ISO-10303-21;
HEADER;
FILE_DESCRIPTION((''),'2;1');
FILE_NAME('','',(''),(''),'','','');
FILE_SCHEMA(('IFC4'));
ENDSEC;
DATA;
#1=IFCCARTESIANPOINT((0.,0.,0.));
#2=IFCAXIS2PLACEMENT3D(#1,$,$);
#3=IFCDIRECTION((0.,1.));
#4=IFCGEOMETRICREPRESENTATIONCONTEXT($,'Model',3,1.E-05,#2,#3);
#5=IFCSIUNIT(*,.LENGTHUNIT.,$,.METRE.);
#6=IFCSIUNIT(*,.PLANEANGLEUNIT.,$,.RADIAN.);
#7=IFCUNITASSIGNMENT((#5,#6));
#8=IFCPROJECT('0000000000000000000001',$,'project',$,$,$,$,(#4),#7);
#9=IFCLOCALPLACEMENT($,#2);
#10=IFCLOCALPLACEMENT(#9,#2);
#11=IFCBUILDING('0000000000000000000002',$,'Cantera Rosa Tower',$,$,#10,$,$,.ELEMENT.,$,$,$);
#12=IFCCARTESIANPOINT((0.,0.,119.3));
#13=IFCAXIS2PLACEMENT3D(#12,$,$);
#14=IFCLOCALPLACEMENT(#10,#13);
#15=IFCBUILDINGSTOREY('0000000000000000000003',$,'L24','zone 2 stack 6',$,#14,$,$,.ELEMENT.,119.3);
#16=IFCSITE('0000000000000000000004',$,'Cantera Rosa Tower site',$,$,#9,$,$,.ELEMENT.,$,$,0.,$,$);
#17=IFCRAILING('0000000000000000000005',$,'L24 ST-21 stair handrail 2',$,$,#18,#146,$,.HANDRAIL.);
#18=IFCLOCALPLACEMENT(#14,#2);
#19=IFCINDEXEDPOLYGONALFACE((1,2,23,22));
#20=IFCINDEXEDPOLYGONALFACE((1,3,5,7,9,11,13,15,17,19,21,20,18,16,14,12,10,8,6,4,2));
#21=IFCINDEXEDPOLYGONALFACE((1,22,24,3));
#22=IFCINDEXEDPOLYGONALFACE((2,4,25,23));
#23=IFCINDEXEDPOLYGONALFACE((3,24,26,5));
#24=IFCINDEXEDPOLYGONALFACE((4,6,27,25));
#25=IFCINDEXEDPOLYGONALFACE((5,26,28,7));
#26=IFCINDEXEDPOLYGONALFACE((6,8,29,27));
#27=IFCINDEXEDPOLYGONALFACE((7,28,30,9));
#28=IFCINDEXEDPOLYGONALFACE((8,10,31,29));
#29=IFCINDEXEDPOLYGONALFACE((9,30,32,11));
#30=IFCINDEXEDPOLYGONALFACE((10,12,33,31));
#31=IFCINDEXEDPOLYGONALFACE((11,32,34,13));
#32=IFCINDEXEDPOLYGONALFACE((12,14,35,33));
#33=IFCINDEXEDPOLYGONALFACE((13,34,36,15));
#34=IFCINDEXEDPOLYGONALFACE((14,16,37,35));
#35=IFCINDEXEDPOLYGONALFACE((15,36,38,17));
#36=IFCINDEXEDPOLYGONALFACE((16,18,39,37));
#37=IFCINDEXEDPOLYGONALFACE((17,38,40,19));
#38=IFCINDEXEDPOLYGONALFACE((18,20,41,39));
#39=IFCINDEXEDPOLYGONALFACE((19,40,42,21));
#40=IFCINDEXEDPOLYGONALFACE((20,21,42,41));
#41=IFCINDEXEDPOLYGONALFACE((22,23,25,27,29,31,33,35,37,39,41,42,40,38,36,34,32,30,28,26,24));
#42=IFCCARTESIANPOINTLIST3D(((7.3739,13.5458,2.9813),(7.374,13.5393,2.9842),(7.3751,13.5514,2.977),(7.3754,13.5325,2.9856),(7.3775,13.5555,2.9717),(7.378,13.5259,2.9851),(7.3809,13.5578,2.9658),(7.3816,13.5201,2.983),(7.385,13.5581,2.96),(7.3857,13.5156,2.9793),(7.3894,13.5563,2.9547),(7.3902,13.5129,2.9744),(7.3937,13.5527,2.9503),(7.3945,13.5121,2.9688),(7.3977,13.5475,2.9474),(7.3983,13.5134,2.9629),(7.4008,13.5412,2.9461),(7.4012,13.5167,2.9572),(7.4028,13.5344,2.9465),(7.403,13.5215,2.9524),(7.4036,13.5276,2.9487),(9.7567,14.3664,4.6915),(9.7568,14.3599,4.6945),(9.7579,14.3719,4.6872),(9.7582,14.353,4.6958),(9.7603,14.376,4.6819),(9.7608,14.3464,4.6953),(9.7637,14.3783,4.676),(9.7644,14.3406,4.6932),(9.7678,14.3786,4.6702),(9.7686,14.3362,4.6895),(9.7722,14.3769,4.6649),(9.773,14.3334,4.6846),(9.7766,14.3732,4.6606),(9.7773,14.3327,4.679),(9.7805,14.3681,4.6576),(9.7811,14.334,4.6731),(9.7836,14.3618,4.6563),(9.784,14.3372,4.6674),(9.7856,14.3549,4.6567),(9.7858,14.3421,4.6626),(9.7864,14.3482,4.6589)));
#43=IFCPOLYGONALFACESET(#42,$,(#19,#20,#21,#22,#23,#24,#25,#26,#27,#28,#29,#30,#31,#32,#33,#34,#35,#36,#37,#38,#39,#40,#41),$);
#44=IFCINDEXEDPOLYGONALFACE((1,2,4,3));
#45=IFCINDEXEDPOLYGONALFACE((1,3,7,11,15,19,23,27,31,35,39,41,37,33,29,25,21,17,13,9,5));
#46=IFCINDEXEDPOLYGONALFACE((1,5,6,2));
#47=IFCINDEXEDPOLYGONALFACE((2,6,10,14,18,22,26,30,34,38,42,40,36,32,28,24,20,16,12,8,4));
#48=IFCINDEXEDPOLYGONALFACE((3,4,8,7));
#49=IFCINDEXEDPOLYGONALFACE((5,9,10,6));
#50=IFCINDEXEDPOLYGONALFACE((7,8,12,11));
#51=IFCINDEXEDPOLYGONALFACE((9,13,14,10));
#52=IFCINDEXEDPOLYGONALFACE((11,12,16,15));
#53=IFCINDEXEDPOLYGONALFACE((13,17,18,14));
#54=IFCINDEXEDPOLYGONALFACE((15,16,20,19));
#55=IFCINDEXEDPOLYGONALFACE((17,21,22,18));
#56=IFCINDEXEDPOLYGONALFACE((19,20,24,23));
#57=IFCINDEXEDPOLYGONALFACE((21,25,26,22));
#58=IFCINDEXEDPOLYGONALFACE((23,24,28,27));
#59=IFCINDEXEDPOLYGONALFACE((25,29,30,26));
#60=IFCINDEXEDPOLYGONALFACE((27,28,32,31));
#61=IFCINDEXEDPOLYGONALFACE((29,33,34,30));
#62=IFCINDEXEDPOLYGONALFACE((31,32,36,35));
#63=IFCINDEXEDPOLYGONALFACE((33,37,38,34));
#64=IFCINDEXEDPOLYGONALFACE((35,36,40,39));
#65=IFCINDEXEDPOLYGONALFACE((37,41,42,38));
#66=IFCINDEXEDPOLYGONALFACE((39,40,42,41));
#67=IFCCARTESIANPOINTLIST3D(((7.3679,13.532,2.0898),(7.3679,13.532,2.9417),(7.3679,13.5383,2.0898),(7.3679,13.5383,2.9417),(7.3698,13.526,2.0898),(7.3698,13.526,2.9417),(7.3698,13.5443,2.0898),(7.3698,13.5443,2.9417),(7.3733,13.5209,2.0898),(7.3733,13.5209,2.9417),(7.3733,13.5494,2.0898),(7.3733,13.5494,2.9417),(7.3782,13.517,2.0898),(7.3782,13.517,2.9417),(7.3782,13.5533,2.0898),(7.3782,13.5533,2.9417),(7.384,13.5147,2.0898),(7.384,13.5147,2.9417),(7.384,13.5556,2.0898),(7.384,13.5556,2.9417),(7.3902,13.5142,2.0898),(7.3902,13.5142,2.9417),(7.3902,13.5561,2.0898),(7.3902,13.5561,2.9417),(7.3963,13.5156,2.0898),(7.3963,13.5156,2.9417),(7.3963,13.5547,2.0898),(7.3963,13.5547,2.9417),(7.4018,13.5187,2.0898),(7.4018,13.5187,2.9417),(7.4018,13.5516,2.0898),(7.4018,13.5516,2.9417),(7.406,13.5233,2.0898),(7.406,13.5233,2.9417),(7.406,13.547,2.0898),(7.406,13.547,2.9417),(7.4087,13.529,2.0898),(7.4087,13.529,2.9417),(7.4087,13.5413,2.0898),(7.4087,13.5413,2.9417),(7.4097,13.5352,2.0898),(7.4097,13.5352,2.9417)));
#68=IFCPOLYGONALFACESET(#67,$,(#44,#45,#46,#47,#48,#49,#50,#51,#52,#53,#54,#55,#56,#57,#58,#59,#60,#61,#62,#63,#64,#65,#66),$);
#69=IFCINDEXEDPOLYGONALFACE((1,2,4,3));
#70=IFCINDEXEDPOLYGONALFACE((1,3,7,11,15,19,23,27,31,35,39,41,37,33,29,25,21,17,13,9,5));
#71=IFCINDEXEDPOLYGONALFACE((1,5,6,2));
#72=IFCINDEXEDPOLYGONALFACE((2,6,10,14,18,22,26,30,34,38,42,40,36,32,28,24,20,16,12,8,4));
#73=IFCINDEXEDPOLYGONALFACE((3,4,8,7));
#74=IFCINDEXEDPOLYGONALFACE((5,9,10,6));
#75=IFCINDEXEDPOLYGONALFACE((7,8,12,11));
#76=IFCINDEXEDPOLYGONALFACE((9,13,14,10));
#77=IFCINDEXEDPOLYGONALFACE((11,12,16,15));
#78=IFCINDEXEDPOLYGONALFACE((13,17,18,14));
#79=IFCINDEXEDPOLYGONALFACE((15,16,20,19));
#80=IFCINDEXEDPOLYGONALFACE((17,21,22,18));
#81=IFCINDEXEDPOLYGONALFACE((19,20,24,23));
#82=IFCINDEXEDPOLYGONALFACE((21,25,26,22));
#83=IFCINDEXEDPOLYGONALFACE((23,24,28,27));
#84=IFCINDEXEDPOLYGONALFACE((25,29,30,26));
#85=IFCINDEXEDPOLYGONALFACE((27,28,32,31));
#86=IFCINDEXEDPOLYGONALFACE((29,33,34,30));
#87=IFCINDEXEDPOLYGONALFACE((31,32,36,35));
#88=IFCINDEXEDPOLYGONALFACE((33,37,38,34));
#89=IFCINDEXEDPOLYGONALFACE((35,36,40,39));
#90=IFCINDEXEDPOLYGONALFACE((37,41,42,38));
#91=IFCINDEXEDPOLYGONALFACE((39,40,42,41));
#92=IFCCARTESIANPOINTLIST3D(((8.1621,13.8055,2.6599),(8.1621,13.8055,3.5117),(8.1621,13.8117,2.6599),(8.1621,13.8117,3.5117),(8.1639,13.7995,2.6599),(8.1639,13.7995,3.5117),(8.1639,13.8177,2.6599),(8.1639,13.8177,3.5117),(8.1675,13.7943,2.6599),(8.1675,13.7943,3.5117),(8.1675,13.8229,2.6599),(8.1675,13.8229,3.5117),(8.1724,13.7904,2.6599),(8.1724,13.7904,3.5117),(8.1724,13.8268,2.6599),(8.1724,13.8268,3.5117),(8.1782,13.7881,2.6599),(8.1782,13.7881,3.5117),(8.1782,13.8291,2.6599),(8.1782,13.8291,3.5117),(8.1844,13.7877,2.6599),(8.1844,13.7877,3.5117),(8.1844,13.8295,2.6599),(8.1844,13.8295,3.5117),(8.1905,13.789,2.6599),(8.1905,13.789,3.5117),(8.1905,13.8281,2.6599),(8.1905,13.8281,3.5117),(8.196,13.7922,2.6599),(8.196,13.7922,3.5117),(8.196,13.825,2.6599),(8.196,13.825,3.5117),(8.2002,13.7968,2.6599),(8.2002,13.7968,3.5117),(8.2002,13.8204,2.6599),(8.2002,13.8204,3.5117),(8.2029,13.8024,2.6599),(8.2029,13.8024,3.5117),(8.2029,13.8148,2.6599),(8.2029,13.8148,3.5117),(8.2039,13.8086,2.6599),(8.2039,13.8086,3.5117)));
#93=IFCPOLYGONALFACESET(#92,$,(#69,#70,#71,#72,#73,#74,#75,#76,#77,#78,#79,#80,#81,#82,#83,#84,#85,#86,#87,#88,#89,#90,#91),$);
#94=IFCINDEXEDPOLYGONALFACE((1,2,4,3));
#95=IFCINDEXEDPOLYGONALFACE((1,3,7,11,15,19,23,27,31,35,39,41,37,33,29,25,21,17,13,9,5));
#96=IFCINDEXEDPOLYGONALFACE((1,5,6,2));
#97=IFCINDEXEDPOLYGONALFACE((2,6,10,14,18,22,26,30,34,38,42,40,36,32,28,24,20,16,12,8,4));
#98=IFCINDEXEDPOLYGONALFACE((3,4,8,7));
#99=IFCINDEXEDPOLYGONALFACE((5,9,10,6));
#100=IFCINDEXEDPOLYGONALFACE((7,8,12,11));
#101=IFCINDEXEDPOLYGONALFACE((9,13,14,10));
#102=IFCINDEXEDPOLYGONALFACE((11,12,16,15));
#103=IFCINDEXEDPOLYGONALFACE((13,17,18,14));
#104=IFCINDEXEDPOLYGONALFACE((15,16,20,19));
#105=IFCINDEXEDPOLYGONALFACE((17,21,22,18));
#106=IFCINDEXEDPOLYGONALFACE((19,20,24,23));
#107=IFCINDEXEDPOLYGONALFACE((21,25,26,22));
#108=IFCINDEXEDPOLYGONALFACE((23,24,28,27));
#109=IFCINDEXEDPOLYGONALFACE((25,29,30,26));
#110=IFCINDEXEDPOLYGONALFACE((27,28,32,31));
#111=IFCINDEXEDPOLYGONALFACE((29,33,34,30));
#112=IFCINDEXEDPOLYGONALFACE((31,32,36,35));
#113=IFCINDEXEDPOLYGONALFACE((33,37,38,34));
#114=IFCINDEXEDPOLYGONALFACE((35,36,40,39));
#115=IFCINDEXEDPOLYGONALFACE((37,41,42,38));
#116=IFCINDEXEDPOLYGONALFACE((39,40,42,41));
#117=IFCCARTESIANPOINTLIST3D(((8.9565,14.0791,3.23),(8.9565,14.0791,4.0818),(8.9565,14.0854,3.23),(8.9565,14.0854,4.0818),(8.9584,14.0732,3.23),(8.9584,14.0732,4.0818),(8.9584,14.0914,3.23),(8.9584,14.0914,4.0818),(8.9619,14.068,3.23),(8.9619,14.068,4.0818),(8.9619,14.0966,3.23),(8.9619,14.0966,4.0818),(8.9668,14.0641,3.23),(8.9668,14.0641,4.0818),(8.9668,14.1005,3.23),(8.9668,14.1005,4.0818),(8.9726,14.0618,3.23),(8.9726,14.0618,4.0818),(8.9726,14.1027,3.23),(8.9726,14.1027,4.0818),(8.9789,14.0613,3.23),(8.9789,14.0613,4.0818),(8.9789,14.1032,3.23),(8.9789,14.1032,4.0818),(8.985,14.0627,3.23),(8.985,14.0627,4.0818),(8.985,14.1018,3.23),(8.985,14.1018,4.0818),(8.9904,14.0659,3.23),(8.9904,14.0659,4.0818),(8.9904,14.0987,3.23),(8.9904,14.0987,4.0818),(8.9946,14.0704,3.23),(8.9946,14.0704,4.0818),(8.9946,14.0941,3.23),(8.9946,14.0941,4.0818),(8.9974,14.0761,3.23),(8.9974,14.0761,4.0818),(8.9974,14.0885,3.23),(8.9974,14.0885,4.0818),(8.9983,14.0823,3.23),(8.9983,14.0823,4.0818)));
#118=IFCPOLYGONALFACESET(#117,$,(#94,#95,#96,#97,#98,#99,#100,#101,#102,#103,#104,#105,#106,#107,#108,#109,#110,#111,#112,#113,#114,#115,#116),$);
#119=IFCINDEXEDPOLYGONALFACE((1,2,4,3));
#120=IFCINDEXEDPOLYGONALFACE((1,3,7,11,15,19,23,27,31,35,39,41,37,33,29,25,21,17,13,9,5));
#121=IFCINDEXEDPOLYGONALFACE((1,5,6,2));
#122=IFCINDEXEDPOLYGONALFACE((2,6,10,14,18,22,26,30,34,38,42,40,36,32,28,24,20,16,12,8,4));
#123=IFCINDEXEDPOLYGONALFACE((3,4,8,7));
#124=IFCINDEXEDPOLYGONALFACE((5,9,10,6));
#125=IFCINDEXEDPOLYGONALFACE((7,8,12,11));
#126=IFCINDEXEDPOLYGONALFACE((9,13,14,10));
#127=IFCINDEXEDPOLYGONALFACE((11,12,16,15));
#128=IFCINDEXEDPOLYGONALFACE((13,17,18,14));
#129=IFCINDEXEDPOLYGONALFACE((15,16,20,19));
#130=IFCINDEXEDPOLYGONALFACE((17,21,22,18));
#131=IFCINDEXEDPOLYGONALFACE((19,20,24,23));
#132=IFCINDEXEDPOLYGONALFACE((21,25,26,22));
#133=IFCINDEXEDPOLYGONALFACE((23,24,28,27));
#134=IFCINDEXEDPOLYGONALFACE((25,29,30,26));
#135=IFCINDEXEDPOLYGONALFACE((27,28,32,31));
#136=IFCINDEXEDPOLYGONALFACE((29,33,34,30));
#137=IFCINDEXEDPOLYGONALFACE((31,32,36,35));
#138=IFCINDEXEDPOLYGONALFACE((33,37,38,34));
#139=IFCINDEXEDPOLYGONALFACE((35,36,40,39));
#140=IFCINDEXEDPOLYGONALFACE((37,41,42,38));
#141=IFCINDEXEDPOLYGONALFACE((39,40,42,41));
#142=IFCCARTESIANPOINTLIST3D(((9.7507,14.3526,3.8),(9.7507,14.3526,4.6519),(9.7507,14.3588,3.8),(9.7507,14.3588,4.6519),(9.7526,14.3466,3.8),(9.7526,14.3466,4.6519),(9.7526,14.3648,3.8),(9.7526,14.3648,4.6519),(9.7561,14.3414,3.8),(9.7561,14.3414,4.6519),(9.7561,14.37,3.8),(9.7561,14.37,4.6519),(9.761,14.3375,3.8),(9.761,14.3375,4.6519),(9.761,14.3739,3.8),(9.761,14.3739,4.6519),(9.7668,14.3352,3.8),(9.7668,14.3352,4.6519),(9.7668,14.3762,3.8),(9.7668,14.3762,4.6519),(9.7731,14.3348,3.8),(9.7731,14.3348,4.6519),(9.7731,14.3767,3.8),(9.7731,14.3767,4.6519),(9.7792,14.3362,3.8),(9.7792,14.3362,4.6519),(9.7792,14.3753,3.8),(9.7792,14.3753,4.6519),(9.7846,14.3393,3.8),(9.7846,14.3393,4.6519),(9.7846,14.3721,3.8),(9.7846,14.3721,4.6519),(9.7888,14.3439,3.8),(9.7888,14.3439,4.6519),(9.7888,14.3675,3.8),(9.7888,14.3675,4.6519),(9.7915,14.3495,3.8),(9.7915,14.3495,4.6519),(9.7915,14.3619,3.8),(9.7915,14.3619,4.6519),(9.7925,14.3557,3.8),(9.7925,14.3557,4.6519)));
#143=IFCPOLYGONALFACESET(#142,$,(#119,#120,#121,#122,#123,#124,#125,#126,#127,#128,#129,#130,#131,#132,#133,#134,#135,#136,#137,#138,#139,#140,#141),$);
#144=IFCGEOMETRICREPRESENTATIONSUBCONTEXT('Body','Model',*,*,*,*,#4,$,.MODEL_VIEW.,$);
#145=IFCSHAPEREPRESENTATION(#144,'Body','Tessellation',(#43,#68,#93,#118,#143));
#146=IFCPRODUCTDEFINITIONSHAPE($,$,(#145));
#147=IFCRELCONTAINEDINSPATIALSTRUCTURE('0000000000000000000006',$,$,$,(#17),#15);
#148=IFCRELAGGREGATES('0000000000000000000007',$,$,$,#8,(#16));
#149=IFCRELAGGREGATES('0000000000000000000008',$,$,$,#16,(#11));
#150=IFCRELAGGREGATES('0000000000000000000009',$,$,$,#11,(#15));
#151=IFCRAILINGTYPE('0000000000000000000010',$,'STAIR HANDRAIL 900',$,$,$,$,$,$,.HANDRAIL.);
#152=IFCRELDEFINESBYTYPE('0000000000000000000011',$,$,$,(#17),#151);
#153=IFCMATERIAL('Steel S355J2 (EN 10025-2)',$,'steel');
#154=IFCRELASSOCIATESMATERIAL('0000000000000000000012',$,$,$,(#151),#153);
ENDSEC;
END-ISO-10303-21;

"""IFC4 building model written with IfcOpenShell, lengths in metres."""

from ifc_helpers import new_model, si_unit, direction, frame, origin, origin_2d, place, context, subcontext, project, spatial, circle, extrude, material, type_object, element, save


model = new_model("IFC4")

# Units and contexts
model_context = context("Model", 3, precision=1e-05, world=origin(), true_north=direction((0.0, 1.0)))
body_context = subcontext(model_context, "Body", "Model", "MODEL_VIEW")
ifc_project = project(units=[si_unit("LENGTHUNIT", "METRE"), si_unit("PLANEANGLEUNIT", "RADIAN")], contexts=[model_context])

# Site, building, storey
site_placement = place(None, origin())
site = spatial("IfcSite", under=ifc_project, at=site_placement, Name="Cantera Rosa Tower site", CompositionType="ELEMENT", RefElevation=0.0)
building_placement = place(site_placement, origin())
building = spatial("IfcBuilding", under=site, at=building_placement, Name="Cantera Rosa Tower", CompositionType="ELEMENT")
storey_placement = place(building_placement, frame((0.0, 0.0, 119.3)))
storey = spatial("IfcBuildingStorey", under=building, at=storey_placement, Name="L24", Description="zone 2 stack 6", CompositionType="ELEMENT", Elevation=119.3)

# Railing
ifc_material_1 = material(Name="Steel S355J2 (EN 10025-2)", Category="steel")
railing_type_1 = type_object("IfcRailingType", Name="STAIR HANDRAIL 900", PredefinedType="HANDRAIL", material=ifc_material_1)
railing_1_placement = place(storey_placement, frame((7.3887, 13.5352, 2.0898)))
element("IfcRailing", 1, at=railing_1_placement, inside=storey, type_object=railing_type_1, Name="L24 ST-21 stair handrail 2", PredefinedType="HANDRAIL", context=body_context, shape_type="SweptSolid", body=[
    extrude(circle(Radius=0.0239, at=origin_2d()), frame((0.0, 0.0, 0.876), z_axis=(0.782369, 0.26942, 0.561526), x_axis=(-0.3256, 0.945508, 0.0)), (0.0, 0.0, 1.0), 3.0457),
    extrude(circle(Radius=0.021, at=origin_2d()), origin(), (0.0, 0.0, 1.0), 0.8518),
    extrude(circle(Radius=0.021, at=origin_2d()), frame((0.7942, 0.2734, 0.5701)), (0.0, 0.0, 1.0), 0.8518),
    extrude(circle(Radius=0.021, at=origin_2d()), frame((1.5886, 0.5471, 1.1401)), (0.0, 0.0, 1.0), 0.8518),
    extrude(circle(Radius=0.021, at=origin_2d()), frame((2.3828, 0.8206, 1.7102)), (0.0, 0.0, 1.0), 0.8518),
])

save(model, "model.ifc")
